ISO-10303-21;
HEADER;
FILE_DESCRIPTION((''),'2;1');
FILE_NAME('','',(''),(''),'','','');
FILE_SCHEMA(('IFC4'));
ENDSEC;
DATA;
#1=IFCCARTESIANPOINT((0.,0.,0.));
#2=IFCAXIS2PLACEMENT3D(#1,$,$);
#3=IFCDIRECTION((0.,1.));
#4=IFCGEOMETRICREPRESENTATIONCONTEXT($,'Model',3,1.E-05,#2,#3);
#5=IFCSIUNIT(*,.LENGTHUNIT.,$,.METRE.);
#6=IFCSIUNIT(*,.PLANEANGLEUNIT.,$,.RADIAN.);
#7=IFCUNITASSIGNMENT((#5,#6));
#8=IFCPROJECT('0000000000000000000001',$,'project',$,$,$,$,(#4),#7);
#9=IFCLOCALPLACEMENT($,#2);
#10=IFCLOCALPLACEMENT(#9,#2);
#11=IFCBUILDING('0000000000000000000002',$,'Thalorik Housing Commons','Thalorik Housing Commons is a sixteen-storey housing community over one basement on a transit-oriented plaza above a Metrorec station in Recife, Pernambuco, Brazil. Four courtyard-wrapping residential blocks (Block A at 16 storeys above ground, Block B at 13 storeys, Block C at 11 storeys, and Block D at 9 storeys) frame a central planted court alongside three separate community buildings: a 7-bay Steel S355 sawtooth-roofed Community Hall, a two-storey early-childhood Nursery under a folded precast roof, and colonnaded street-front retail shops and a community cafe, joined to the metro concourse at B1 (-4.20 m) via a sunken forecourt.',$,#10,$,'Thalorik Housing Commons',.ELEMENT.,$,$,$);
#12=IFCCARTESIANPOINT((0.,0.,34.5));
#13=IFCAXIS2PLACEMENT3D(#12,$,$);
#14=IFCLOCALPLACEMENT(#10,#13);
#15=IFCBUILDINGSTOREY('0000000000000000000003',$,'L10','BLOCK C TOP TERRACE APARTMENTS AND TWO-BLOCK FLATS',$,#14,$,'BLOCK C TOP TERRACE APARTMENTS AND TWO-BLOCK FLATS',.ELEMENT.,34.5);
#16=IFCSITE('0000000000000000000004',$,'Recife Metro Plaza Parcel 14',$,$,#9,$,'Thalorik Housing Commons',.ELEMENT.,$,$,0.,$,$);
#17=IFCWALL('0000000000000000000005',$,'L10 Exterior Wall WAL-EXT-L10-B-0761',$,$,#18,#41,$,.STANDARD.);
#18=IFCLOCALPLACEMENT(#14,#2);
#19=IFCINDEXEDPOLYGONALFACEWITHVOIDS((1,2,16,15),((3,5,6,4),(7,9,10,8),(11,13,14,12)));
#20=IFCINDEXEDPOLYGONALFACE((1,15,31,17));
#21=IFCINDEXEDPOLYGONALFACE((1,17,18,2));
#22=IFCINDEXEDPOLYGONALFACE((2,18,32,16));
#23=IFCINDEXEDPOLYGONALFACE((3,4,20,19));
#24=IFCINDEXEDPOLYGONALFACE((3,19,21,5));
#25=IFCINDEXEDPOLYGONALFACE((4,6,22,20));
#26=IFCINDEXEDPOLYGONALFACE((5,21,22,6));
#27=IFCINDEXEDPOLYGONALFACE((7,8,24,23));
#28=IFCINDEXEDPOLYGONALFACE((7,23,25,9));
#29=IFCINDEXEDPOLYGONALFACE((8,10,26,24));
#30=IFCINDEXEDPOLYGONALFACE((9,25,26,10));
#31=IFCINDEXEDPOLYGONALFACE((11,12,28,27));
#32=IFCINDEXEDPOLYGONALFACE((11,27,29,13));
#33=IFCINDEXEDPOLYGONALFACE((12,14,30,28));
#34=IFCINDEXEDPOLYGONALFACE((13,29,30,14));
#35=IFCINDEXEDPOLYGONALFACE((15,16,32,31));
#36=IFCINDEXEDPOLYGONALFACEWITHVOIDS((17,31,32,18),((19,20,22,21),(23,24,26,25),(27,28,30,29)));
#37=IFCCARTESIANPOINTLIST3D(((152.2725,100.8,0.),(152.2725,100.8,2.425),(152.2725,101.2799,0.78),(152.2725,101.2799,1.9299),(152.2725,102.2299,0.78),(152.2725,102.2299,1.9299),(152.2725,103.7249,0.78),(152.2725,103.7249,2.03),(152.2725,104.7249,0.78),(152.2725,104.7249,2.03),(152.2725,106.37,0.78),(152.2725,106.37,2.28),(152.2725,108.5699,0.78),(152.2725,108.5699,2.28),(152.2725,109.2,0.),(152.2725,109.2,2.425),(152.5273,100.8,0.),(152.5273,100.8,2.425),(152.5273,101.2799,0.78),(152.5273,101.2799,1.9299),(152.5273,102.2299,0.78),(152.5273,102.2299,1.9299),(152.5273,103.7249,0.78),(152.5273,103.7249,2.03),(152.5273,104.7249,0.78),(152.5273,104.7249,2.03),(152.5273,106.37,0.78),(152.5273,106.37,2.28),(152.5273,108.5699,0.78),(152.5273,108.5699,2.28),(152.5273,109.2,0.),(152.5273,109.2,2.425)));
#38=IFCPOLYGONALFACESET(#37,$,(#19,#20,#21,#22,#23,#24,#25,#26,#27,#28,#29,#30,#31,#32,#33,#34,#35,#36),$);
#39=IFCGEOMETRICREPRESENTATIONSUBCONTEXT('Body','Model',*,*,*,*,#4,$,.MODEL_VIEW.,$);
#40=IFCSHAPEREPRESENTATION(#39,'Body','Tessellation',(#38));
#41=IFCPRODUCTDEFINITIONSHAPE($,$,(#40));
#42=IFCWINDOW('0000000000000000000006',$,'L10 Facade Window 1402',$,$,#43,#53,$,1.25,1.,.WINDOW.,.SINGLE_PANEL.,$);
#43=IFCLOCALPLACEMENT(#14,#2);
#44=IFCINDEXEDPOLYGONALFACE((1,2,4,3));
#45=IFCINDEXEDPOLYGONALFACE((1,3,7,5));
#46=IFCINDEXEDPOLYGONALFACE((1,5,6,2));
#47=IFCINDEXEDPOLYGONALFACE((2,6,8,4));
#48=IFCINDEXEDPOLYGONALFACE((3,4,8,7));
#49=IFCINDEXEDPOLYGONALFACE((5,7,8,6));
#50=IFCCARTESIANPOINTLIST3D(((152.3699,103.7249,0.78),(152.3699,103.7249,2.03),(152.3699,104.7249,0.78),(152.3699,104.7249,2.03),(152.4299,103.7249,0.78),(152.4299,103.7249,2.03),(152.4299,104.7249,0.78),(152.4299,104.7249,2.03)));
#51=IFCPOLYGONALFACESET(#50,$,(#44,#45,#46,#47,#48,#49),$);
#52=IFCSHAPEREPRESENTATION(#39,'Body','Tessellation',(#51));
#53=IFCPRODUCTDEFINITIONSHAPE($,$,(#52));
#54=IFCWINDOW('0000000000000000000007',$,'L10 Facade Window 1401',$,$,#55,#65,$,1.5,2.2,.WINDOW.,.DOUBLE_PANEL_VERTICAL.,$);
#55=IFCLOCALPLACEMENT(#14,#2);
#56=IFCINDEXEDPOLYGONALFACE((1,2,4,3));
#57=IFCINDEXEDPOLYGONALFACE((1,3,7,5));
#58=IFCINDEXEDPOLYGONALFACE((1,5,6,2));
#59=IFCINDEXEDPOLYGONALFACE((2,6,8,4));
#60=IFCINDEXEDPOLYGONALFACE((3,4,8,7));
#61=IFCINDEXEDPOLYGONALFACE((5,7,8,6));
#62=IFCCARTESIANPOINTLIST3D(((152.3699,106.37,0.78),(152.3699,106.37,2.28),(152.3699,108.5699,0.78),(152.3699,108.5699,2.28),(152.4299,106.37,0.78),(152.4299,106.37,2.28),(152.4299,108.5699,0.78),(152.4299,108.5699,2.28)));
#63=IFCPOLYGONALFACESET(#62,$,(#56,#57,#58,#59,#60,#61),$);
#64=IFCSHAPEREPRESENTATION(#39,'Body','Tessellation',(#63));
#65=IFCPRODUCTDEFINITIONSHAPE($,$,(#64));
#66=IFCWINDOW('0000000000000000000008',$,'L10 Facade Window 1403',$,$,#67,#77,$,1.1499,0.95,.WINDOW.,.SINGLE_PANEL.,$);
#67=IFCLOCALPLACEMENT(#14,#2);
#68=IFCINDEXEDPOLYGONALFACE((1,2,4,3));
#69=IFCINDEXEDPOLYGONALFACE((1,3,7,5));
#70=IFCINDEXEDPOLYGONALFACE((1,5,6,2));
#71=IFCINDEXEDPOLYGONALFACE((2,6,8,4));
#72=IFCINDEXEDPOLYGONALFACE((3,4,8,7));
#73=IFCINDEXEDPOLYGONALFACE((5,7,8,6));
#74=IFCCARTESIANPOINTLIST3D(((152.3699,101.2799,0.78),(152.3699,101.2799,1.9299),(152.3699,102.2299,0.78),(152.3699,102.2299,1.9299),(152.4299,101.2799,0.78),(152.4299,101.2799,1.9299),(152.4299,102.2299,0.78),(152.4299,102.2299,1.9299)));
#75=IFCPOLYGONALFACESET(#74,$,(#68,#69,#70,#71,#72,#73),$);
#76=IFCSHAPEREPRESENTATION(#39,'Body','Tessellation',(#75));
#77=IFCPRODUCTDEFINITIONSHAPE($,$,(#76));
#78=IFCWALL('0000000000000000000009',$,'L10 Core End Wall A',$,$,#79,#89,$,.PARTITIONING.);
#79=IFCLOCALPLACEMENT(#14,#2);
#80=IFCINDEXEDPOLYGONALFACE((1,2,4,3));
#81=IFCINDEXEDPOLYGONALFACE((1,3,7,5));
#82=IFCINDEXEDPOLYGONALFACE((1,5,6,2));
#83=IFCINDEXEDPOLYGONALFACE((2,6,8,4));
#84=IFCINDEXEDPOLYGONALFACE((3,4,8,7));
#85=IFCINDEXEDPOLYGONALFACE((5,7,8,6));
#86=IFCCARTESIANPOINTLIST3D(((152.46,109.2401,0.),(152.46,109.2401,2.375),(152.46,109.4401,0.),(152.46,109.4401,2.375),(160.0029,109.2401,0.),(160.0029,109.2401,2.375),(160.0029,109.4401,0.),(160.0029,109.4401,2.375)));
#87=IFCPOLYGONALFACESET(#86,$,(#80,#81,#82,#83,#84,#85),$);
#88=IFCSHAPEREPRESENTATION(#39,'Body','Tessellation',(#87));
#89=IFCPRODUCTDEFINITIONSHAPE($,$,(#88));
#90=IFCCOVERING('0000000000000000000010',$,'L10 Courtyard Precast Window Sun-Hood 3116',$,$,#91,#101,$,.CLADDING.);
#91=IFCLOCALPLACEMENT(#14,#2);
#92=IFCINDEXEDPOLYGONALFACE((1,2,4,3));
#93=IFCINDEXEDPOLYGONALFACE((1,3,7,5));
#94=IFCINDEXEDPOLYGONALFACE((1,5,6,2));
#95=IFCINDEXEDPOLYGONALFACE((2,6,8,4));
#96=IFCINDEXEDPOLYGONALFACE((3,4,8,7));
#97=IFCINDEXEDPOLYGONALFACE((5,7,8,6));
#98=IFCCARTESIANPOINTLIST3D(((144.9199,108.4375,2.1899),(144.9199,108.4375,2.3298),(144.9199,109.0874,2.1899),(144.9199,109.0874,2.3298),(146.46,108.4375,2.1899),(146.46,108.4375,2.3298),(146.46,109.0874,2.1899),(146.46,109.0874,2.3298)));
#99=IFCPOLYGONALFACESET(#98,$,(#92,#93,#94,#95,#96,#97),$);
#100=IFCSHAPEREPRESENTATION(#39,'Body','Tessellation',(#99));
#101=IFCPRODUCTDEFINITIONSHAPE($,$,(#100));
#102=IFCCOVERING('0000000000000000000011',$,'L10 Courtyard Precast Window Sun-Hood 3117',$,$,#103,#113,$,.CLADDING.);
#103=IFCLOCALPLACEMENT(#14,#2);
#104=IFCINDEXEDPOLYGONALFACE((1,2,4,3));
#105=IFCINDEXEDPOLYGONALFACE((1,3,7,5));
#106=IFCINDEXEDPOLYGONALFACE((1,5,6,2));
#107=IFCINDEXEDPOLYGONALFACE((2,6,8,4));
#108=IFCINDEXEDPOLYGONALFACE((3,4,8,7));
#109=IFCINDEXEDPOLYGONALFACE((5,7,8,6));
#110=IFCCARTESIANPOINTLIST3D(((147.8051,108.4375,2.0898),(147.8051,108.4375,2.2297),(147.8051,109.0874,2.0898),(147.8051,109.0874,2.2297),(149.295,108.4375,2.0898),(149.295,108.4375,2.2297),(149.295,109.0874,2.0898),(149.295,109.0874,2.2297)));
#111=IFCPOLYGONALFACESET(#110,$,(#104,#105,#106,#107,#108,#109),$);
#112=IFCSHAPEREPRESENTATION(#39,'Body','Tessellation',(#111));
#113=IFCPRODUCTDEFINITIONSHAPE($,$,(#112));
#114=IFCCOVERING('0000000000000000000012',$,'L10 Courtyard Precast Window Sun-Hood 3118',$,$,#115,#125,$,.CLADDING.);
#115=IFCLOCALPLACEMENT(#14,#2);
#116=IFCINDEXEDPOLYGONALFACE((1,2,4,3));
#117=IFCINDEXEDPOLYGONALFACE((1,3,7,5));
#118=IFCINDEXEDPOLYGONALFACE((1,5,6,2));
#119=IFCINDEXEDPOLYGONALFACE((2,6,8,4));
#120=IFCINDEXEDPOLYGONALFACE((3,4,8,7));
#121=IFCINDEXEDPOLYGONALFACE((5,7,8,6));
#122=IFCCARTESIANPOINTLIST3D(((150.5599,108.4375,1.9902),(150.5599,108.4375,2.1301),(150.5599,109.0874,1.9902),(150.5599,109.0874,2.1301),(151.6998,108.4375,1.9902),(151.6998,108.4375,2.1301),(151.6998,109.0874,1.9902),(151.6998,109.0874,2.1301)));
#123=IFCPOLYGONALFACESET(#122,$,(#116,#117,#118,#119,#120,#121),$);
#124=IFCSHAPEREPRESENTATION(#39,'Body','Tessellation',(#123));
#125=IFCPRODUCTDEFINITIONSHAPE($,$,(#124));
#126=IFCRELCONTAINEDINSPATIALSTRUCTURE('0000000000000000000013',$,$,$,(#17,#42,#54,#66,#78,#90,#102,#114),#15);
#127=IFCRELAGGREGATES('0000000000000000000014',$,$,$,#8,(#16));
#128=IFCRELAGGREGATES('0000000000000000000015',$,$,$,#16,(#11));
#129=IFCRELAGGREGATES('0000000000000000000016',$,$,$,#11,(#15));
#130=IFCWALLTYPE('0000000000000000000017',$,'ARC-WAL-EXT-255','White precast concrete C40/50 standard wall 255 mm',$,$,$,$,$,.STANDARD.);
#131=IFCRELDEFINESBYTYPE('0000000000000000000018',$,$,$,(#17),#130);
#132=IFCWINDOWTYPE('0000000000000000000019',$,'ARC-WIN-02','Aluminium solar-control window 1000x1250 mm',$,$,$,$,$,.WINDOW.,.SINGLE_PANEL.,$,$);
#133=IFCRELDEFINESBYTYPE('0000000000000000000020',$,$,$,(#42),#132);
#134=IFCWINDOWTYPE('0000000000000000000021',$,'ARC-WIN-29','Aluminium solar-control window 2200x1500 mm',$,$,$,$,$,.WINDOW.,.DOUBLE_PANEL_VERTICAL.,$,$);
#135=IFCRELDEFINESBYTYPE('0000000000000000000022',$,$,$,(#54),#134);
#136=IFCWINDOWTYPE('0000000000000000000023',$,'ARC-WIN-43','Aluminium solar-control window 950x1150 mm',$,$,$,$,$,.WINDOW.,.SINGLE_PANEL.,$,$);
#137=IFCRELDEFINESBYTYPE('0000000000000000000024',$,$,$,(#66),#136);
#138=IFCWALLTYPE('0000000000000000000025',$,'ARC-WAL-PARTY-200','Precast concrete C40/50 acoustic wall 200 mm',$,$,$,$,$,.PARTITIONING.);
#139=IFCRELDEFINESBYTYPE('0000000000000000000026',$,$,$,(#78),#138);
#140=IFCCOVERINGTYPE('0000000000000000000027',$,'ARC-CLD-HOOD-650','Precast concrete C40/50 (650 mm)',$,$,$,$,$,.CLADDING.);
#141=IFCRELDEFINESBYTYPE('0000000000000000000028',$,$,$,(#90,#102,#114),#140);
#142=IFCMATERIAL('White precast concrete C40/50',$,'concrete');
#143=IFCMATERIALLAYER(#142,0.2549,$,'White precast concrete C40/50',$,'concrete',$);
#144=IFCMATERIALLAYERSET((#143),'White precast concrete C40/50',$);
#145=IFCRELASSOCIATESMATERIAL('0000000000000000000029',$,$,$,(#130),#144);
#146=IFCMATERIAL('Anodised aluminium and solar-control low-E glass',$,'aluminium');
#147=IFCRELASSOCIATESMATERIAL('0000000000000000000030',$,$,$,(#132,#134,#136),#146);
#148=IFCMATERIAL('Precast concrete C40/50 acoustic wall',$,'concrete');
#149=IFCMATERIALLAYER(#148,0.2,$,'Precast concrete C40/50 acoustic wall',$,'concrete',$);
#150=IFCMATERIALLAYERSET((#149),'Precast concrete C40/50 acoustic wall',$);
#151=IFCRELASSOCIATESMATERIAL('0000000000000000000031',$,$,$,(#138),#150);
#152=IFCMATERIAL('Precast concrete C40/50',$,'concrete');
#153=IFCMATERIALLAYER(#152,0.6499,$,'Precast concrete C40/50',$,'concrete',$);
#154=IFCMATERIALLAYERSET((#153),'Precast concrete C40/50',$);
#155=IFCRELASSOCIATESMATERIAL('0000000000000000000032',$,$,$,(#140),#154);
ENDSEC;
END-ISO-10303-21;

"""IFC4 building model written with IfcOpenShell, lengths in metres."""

from ifc_helpers import new_model, si_unit, direction, frame, frame_2d, origin, origin_2d, place, context, subcontext, project, spatial, rectangle, extrude, material, layer, layer_set, type_object, element, fill, save


model = new_model("IFC4")

# Units and contexts
model_context = context("Model", 3, precision=1e-05, world=origin(), true_north=direction((0.0, 1.0)))
body_context = subcontext(model_context, "Body", "Model", "MODEL_VIEW")
ifc_project = project(units=[si_unit("LENGTHUNIT", "METRE"), si_unit("PLANEANGLEUNIT", "RADIAN")], contexts=[model_context])

# Site, building, storey
site_placement = place(None, origin())
site = spatial("IfcSite", under=ifc_project, at=site_placement, Name="Recife Metro Plaza Parcel 14", LongName="Thalorik Housing Commons", CompositionType="ELEMENT", RefElevation=0.0)
building_placement = place(site_placement, origin())
building = spatial("IfcBuilding", under=site, at=building_placement, Name="Thalorik Housing Commons", Description="Thalorik Housing Commons is a sixteen-storey housing community over one basement on a transit-oriented plaza above a Metrorec station in Recife, Pernambuco, Brazil. Four courtyard-wrapping residential blocks (Block A at 16 storeys above ground, Block B at 13 storeys, Block C at 11 storeys, and Block D at 9 storeys) frame a central planted court alongside three separate community buildings: a 7-bay Steel S355 sawtooth-roofed Community Hall, a two-storey early-childhood Nursery under a folded precast roof, and colonnaded street-front retail shops and a community cafe, joined to the metro concourse at B1 (-4.20 m) via a sunken forecourt.", LongName="Thalorik Housing Commons", CompositionType="ELEMENT")
storey_placement = place(building_placement, frame((0.0, 0.0, 34.5)))
storey = spatial("IfcBuildingStorey", under=building, at=storey_placement, Name="L10", Description="BLOCK C TOP TERRACE APARTMENTS AND TWO-BLOCK FLATS", LongName="BLOCK C TOP TERRACE APARTMENTS AND TWO-BLOCK FLATS", CompositionType="ELEMENT", Elevation=34.5)

# Shared definitions
ifc_material_1 = material(Name="Precast concrete C40/50", Category="concrete")

# Wall, openings, windows
ifc_material_2 = material(Name="White precast concrete C40/50", Category="concrete")
ifc_layer_1 = layer(ifc_material_2, 0.2549, Name="White precast concrete C40/50", Category="concrete")
ifc_layer_set_1 = layer_set([ifc_layer_1], Name="White precast concrete C40/50")
wall_type_1 = type_object("IfcWallType", Name="ARC-WAL-EXT-255", Description="White precast concrete C40/50 standard wall 255 mm", PredefinedType="STANDARD", material=ifc_layer_set_1)
wall_1_placement = place(storey_placement, frame((152.3999, 109.2, 0.0), z_axis=(0.0, 0.0, 1.0), x_axis=(0.0, -1.0, 0.0)))
wall_1 = element("IfcWall", 1, at=wall_1_placement, inside=storey, type_object=wall_type_1, Name="L10 Exterior Wall WAL-EXT-L10-B-0761", PredefinedType="STANDARD", context=body_context, shape_type="SweptSolid", body=[
    extrude(rectangle(XDim=8.3999, YDim=0.2549, at=frame_2d((4.2, 0.0))), origin(), (0.0, 0.0, 1.0), 2.425),
])
opening_1_placement = place(wall_1_placement, frame((0.6299, 0.0, 0.78)))
opening_1 = element("IfcOpeningElement", 2, at=opening_1_placement, cuts=wall_1, PredefinedType="OPENING", context=body_context, shape_type="SweptSolid", body=[
    extrude(rectangle(XDim=2.2, YDim=1.5, at=frame_2d((1.1001, 0.75))), frame((0.0, 0.1375, 0.0), z_axis=(0.0, -1.0, 0.0), x_axis=(1.0, 0.0, 0.0)), (0.0, 0.0, 1.0), 0.2749),
])
opening_2_placement = place(wall_1_placement, frame((4.4751, 0.0, 0.78)))
opening_2 = element("IfcOpeningElement", 3, at=opening_2_placement, cuts=wall_1, PredefinedType="OPENING", context=body_context, shape_type="SweptSolid", body=[
    extrude(rectangle(XDim=1.0, YDim=1.25, at=frame_2d((0.5, 0.625))), frame((0.0, 0.1375, 0.0), z_axis=(0.0, -1.0, 0.0), x_axis=(1.0, 0.0, 0.0)), (0.0, 0.0, 1.0), 0.2749),
])
opening_3_placement = place(wall_1_placement, frame((6.97, 0.0, 0.78)))
opening_3 = element("IfcOpeningElement", 4, at=opening_3_placement, cuts=wall_1, PredefinedType="OPENING", context=body_context, shape_type="SweptSolid", body=[
    extrude(rectangle(XDim=0.95, YDim=1.1499, at=frame_2d((0.4751, 0.575))), frame((0.0, 0.1375, 0.0), z_axis=(0.0, -1.0, 0.0), x_axis=(1.0, 0.0, 0.0)), (0.0, 0.0, 1.0), 0.2749),
])
ifc_material_3 = material(Name="Anodised aluminium and solar-control low-E glass", Category="aluminium")
window_type_1 = type_object("IfcWindowType", Name="ARC-WIN-02", Description="Aluminium solar-control window 1000x1250 mm", PartitioningType="SINGLE_PANEL", PredefinedType="WINDOW", material=ifc_material_3)
window_1_placement = place(opening_2_placement, origin())
window_1 = element("IfcWindow", 5, at=window_1_placement, inside=storey, type_object=window_type_1, Name="L10 Facade Window 1402", OverallHeight=1.25, OverallWidth=1.0, PartitioningType="SINGLE_PANEL", PredefinedType="WINDOW", context=body_context, shape_type="SweptSolid", body=[
    extrude(rectangle(XDim=1.0, YDim=1.25, at=frame_2d((0.5, 0.625))), frame((0.0, 0.03, 0.0), z_axis=(0.0, -1.0, 0.0), x_axis=(1.0, 0.0, 0.0)), (0.0, 0.0, 1.0), 0.0601),
])
fill(opening_2, window_1)
window_type_2 = type_object("IfcWindowType", Name="ARC-WIN-29", Description="Aluminium solar-control window 2200x1500 mm", PartitioningType="DOUBLE_PANEL_VERTICAL", PredefinedType="WINDOW", material=ifc_material_3)
window_2_placement = place(opening_1_placement, origin())
window_2 = element("IfcWindow", 6, at=window_2_placement, inside=storey, type_object=window_type_2, Name="L10 Facade Window 1401", OverallHeight=1.5, OverallWidth=2.2, PartitioningType="DOUBLE_PANEL_VERTICAL", PredefinedType="WINDOW", context=body_context, shape_type="SweptSolid", body=[
    extrude(rectangle(XDim=2.2, YDim=1.5, at=frame_2d((1.1001, 0.75))), frame((0.0, 0.03, 0.0), z_axis=(0.0, -1.0, 0.0), x_axis=(1.0, 0.0, 0.0)), (0.0, 0.0, 1.0), 0.0601),
])
fill(opening_1, window_2)
window_type_3 = type_object("IfcWindowType", Name="ARC-WIN-43", Description="Aluminium solar-control window 950x1150 mm", PartitioningType="SINGLE_PANEL", PredefinedType="WINDOW", material=ifc_material_3)
window_3_placement = place(opening_3_placement, origin())
window_3 = element("IfcWindow", 7, at=window_3_placement, inside=storey, type_object=window_type_3, Name="L10 Facade Window 1403", OverallHeight=1.1499, OverallWidth=0.95, PartitioningType="SINGLE_PANEL", PredefinedType="WINDOW", context=body_context, shape_type="SweptSolid", body=[
    extrude(rectangle(XDim=0.95, YDim=1.1499, at=frame_2d((0.4751, 0.575))), frame((0.0, 0.03, 0.0), z_axis=(0.0, -1.0, 0.0), x_axis=(1.0, 0.0, 0.0)), (0.0, 0.0, 1.0), 0.0601),
])
fill(opening_3, window_3)

# Wall
ifc_material_4 = material(Name="Precast concrete C40/50 acoustic wall", Category="concrete")
ifc_layer_2 = layer(ifc_material_4, 0.2, Name="Precast concrete C40/50 acoustic wall", Category="concrete")
ifc_layer_set_2 = layer_set([ifc_layer_2], Name="Precast concrete C40/50 acoustic wall")
wall_type_2 = type_object("IfcWallType", Name="ARC-WAL-PARTY-200", Description="Precast concrete C40/50 acoustic wall 200 mm", PredefinedType="PARTITIONING", material=ifc_layer_set_2)
wall_2_placement = place(storey_placement, frame((152.46, 109.3401, 0.0), z_axis=(0.0, 0.0, 1.0), x_axis=(1.0, 0.0, 0.0)))
element("IfcWall", 8, at=wall_2_placement, inside=storey, type_object=wall_type_2, Name="L10 Core End Wall A", PredefinedType="PARTITIONING", context=body_context, shape_type="SweptSolid", body=[
    extrude(rectangle(XDim=7.543, YDim=0.2, at=frame_2d((3.7715, 0.0))), origin(), (0.0, 0.0, 1.0), 2.375),
])

# Coverings
ifc_layer_3 = layer(ifc_material_1, 0.6499, Name="Precast concrete C40/50", Category="concrete")
ifc_layer_set_3 = layer_set([ifc_layer_3], Name="Precast concrete C40/50")
covering_type = type_object("IfcCoveringType", Name="ARC-CLD-HOOD-650", Description="Precast concrete C40/50 (650 mm)", PredefinedType="CLADDING", material=ifc_layer_set_3)
covering_1_placement = place(storey_placement, frame((145.6899, 108.7625, 2.1899), z_axis=(0.0, 0.0, 1.0), x_axis=(1.0, 0.0, 0.0)))
element("IfcCovering", 9, at=covering_1_placement, inside=storey, type_object=covering_type, Name="L10 Courtyard Precast Window Sun-Hood 3116", PredefinedType="CLADDING", context=body_context, shape_type="SweptSolid", body=[
    extrude(rectangle(XDim=1.54, YDim=0.6499, at=origin_2d()), origin(), (0.0, 0.0, 1.0), 0.1399),
])
covering_2_placement = place(storey_placement, frame((148.55, 108.7625, 2.0898), z_axis=(0.0, 0.0, 1.0), x_axis=(1.0, 0.0, 0.0)))
element("IfcCovering", 10, at=covering_2_placement, inside=storey, type_object=covering_type, Name="L10 Courtyard Precast Window Sun-Hood 3117", PredefinedType="CLADDING", context=body_context, shape_type="SweptSolid", body=[
    extrude(rectangle(XDim=1.49, YDim=0.6499, at=origin_2d()), origin(), (0.0, 0.0, 1.0), 0.1399),
])
covering_3_placement = place(storey_placement, frame((151.1299, 108.7625, 1.9902), z_axis=(0.0, 0.0, 1.0), x_axis=(1.0, 0.0, 0.0)))
element("IfcCovering", 11, at=covering_3_placement, inside=storey, type_object=covering_type, Name="L10 Courtyard Precast Window Sun-Hood 3118", PredefinedType="CLADDING", context=body_context, shape_type="SweptSolid", body=[
    extrude(rectangle(XDim=1.1399, YDim=0.6499, at=origin_2d()), origin(), (0.0, 0.0, 1.0), 0.1399),
])

save(model, "model.ifc")
